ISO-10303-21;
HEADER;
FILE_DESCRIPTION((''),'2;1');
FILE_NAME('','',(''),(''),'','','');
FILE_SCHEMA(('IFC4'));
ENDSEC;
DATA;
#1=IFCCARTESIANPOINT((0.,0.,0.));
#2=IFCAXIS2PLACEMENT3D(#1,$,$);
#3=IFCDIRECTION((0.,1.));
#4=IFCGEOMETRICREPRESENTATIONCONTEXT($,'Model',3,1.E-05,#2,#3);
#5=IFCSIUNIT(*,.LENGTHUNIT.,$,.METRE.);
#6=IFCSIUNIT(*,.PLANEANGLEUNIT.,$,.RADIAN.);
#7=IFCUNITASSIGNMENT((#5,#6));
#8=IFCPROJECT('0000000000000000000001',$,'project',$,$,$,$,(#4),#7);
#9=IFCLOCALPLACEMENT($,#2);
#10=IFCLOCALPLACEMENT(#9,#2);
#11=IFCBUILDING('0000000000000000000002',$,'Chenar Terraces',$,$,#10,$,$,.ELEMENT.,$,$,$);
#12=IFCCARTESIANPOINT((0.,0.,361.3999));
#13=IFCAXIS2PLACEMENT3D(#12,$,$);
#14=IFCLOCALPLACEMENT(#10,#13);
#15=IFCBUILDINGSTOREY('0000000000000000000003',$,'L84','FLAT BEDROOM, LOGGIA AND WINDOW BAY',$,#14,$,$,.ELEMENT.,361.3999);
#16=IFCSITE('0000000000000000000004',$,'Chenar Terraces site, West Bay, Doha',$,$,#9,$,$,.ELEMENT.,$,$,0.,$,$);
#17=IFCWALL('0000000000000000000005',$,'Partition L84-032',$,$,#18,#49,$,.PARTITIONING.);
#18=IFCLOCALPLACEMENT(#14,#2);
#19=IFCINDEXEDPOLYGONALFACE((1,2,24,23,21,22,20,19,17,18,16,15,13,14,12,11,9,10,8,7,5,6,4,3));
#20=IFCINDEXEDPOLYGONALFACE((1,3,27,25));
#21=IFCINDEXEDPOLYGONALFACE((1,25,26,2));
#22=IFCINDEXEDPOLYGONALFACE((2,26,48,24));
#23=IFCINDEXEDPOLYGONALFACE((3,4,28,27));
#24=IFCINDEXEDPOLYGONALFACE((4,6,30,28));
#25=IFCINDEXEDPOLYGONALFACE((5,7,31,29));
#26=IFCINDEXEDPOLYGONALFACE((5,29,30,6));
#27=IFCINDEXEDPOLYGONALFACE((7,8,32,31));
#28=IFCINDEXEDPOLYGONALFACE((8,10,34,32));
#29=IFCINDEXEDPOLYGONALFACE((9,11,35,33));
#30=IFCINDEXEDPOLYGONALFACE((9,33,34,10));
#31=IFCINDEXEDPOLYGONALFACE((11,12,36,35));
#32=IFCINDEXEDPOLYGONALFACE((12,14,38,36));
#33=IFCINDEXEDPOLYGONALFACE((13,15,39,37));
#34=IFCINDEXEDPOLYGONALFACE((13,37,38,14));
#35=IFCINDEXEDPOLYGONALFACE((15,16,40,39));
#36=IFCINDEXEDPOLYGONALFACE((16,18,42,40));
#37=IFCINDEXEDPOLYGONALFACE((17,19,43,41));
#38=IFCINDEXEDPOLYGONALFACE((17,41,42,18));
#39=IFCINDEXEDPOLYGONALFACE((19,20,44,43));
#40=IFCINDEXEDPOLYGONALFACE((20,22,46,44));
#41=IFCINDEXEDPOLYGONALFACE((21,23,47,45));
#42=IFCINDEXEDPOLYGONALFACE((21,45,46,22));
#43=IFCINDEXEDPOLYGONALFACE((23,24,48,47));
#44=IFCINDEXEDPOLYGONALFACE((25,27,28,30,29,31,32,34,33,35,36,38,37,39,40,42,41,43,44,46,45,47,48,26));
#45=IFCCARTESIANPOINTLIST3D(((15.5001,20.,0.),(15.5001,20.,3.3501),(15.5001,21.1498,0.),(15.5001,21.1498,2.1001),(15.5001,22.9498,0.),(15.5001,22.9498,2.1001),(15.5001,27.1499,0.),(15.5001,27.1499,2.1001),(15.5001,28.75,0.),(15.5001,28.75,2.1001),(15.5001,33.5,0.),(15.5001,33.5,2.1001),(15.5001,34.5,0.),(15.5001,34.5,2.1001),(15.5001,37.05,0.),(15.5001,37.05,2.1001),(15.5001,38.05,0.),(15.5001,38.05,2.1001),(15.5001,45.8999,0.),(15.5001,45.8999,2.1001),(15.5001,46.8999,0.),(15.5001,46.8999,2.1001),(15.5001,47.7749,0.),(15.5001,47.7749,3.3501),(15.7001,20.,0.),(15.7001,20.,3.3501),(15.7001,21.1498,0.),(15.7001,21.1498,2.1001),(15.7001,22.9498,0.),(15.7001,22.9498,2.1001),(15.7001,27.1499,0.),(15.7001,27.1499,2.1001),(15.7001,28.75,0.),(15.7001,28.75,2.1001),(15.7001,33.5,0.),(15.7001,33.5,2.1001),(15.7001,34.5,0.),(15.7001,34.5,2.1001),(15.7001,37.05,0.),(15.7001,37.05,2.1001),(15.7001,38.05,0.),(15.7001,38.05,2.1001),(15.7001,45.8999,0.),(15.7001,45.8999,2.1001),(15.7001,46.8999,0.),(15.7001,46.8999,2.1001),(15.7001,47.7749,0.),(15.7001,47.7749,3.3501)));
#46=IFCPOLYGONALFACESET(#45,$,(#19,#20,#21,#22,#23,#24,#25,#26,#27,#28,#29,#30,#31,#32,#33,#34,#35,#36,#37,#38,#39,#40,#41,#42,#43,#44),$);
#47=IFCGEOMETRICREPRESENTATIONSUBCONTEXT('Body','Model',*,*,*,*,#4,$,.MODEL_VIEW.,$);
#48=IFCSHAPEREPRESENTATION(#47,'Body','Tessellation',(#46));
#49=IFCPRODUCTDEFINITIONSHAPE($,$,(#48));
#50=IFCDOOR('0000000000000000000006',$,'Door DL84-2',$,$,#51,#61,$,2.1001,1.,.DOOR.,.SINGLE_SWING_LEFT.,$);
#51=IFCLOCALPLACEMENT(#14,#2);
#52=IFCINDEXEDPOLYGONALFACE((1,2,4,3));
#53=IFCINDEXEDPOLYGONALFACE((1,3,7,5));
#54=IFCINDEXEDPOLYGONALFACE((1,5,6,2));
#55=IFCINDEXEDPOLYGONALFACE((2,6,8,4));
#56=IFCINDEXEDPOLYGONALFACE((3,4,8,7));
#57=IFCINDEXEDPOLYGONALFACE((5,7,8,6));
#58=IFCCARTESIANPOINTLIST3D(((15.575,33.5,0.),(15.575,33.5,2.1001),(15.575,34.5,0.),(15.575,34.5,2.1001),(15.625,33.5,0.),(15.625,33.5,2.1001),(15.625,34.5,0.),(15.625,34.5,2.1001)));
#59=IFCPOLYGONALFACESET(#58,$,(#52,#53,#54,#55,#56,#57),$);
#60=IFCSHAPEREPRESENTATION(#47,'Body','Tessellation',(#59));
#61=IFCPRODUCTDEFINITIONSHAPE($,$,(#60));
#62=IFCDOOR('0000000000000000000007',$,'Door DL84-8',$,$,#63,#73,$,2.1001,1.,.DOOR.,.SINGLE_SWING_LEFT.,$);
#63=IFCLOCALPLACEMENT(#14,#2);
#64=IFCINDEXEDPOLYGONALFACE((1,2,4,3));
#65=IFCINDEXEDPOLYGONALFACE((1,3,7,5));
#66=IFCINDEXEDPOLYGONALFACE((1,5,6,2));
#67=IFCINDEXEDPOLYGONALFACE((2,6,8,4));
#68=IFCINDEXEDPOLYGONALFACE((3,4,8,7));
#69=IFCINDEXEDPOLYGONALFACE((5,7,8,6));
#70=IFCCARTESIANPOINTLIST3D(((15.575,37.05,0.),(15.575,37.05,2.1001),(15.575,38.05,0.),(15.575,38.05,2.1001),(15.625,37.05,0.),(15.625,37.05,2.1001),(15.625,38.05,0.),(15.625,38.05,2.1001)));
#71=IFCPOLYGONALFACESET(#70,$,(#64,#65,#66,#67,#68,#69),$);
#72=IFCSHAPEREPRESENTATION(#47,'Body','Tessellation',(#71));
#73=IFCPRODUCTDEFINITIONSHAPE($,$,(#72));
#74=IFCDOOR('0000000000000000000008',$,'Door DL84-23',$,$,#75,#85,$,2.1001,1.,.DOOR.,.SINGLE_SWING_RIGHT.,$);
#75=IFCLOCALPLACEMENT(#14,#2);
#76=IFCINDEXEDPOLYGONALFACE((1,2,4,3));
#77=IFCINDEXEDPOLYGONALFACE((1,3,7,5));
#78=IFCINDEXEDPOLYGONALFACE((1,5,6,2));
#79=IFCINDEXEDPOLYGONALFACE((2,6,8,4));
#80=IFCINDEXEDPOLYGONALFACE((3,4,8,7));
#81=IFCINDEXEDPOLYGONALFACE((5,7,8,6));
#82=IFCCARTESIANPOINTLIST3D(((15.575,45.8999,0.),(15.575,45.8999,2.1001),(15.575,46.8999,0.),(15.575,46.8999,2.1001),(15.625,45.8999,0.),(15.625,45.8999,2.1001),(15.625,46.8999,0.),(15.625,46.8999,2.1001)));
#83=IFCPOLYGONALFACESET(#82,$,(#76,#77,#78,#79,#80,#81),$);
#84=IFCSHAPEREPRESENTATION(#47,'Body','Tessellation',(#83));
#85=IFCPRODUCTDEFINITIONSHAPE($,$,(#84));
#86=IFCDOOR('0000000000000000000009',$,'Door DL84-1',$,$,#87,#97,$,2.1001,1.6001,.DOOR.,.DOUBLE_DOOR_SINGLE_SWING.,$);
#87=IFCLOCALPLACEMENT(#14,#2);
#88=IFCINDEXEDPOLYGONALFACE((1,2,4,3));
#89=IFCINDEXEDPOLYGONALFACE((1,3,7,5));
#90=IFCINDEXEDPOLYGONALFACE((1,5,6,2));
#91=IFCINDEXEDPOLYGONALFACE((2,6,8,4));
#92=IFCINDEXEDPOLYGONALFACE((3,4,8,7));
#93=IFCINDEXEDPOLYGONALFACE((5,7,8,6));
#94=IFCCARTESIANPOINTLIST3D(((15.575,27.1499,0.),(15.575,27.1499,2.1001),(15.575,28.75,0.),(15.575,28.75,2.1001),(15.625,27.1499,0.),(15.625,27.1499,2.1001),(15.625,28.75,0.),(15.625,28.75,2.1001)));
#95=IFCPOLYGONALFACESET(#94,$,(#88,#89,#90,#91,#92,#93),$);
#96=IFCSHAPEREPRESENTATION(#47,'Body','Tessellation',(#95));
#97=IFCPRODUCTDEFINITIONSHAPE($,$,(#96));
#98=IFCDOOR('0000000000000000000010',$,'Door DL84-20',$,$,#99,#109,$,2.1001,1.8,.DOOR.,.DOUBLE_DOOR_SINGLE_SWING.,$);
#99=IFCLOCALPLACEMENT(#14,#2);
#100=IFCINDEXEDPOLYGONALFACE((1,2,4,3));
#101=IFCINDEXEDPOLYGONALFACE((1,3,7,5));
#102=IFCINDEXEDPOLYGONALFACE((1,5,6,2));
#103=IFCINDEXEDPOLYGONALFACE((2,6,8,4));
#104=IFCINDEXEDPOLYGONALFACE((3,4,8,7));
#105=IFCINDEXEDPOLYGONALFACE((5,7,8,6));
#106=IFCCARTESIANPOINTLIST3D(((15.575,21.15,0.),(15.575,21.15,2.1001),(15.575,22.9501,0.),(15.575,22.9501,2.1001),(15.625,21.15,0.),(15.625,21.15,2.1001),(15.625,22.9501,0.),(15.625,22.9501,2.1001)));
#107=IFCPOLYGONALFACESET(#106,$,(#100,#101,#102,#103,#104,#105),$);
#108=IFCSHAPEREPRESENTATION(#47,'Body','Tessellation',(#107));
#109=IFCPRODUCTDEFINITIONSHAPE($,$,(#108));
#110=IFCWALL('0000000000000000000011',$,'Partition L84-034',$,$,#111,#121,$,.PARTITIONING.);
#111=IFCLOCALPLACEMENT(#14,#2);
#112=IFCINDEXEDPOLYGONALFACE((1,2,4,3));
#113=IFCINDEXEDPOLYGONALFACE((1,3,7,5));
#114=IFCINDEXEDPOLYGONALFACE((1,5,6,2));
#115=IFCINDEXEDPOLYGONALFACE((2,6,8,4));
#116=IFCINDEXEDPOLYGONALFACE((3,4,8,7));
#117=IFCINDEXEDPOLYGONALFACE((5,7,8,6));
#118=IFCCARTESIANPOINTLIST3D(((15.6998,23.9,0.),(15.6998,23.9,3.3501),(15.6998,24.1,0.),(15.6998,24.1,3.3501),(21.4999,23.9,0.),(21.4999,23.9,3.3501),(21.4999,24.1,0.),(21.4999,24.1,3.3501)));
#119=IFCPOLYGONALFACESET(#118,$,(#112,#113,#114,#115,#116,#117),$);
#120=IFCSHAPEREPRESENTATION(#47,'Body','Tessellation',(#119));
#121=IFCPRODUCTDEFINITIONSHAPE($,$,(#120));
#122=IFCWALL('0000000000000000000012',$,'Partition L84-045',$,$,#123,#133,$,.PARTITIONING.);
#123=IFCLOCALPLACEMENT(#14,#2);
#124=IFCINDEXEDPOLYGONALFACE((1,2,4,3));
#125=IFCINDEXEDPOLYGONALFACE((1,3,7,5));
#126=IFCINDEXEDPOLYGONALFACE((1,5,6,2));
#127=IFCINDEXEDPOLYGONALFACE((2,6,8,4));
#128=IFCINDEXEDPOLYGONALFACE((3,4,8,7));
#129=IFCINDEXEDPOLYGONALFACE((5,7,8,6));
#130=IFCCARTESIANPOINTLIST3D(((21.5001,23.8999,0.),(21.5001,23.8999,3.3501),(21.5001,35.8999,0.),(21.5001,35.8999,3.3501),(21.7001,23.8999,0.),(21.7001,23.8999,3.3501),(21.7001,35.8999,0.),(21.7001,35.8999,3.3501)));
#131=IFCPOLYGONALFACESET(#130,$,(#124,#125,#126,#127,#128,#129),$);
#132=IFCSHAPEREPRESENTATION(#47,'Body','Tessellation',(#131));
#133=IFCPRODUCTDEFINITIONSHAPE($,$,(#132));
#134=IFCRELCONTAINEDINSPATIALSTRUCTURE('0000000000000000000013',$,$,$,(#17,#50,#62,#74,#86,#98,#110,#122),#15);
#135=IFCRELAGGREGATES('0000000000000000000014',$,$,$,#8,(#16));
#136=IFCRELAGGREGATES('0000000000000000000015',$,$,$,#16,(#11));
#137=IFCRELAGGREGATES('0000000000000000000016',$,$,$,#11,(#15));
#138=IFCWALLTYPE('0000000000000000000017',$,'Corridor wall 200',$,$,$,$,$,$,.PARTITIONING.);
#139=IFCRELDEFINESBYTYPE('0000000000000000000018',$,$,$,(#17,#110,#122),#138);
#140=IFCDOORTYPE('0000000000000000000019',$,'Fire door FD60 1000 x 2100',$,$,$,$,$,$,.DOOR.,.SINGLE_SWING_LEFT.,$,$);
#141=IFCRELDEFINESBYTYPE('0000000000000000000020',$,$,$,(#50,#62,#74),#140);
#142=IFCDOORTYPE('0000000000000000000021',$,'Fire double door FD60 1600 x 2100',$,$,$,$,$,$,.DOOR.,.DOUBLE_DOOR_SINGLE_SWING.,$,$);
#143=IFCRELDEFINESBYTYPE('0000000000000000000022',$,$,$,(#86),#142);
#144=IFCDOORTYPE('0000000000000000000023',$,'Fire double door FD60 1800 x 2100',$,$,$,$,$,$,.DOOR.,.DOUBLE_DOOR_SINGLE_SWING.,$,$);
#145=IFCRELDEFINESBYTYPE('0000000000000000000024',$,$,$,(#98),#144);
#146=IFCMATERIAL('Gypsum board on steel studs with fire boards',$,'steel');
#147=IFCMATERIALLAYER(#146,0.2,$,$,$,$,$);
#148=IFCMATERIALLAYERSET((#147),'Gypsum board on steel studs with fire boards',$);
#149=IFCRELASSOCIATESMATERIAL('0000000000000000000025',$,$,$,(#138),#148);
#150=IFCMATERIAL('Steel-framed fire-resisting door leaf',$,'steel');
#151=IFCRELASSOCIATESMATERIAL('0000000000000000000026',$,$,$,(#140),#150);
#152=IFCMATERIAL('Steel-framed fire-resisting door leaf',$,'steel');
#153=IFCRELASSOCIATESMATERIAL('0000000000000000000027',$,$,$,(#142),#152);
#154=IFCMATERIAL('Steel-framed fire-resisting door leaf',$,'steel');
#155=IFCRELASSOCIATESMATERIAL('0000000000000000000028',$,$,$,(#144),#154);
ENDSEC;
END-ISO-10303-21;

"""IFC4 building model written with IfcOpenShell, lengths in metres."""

from ifc_helpers import new_model, si_unit, direction, frame, frame_2d, origin, place, context, subcontext, project, spatial, rectangle, extrude, material, layer, layer_set, type_object, element, fill, save


model = new_model("IFC4")

# Units and contexts
model_context = context("Model", 3, precision=1e-05, world=origin(), true_north=direction((0.0, 1.0)))
body_context = subcontext(model_context, "Body", "Model", "MODEL_VIEW")
ifc_project = project(units=[si_unit("LENGTHUNIT", "METRE"), si_unit("PLANEANGLEUNIT", "RADIAN")], contexts=[model_context])

# Site, building, storey
site_placement = place(None, origin())
site = spatial("IfcSite", under=ifc_project, at=site_placement, Name="Chenar Terraces site, West Bay, Doha", CompositionType="ELEMENT", RefElevation=0.0)
building_placement = place(site_placement, origin())
building = spatial("IfcBuilding", under=site, at=building_placement, Name="Chenar Terraces", CompositionType="ELEMENT")
storey_placement = place(building_placement, frame((0.0, 0.0, 361.3999)))
storey = spatial("IfcBuildingStorey", under=building, at=storey_placement, Name="L84", Description="FLAT BEDROOM, LOGGIA AND WINDOW BAY", CompositionType="ELEMENT", Elevation=361.3999)

# Wall, openings, doors
ifc_material_1 = material(Name="Gypsum board on steel studs with fire boards", Category="steel")
ifc_layer_1 = layer(ifc_material_1, 0.2)
ifc_layer_set_1 = layer_set([ifc_layer_1], Name="Gypsum board on steel studs with fire boards")
wall_type_1 = type_object("IfcWallType", Name="Corridor wall 200", PredefinedType="PARTITIONING", material=ifc_layer_set_1)
wall_1_placement = place(storey_placement, frame((15.6001, 20.0, 0.0), z_axis=(0.0, 0.0, 1.0), x_axis=(0.0, 1.0, 0.0)))
wall_1 = element("IfcWall", 1, at=wall_1_placement, inside=storey, type_object=wall_type_1, Name="Partition L84-032", PredefinedType="PARTITIONING", context=body_context, shape_type="SweptSolid", body=[
    extrude(rectangle(XDim=27.7749, YDim=0.2, at=frame_2d((13.8875, 0.0))), origin(), (0.0, 0.0, 1.0), 3.3501),
])
opening_1_placement = place(wall_1_placement, frame((7.1499, 0.0, 0.0)))
opening_1 = element("IfcOpeningElement", 2, at=opening_1_placement, cuts=wall_1, PredefinedType="OPENING", context=body_context, shape_type="SweptSolid", body=[
    extrude(rectangle(XDim=1.6001, YDim=2.1001, at=frame_2d((0.8, 1.05))), frame((0.0, 0.1099, 0.0), z_axis=(0.0, -1.0, 0.0), x_axis=(1.0, 0.0, 0.0)), (0.0, 0.0, 1.0), 0.22),
])
opening_2_placement = place(wall_1_placement, frame((13.5, 0.0, 0.0)))
opening_2 = element("IfcOpeningElement", 3, at=opening_2_placement, cuts=wall_1, PredefinedType="OPENING", context=body_context, shape_type="SweptSolid", body=[
    extrude(rectangle(XDim=1.0, YDim=2.1001, at=frame_2d((0.5, 1.05))), frame((0.0, 0.1099, 0.0), z_axis=(0.0, -1.0, 0.0), x_axis=(1.0, 0.0, 0.0)), (0.0, 0.0, 1.0), 0.22),
])
opening_3_placement = place(wall_1_placement, frame((17.05, 0.0, 0.0)))
opening_3 = element("IfcOpeningElement", 4, at=opening_3_placement, cuts=wall_1, PredefinedType="OPENING", context=body_context, shape_type="SweptSolid", body=[
    extrude(rectangle(XDim=1.0, YDim=2.1001, at=frame_2d((0.5, 1.05))), frame((0.0, 0.1099, 0.0), z_axis=(0.0, -1.0, 0.0), x_axis=(1.0, 0.0, 0.0)), (0.0, 0.0, 1.0), 0.22),
])
opening_4_placement = place(wall_1_placement, frame((1.1499, 0.0, 0.0)))
opening_4 = element("IfcOpeningElement", 5, at=opening_4_placement, cuts=wall_1, PredefinedType="OPENING", context=body_context, shape_type="SweptSolid", body=[
    extrude(rectangle(XDim=1.8, YDim=2.1001, at=frame_2d((0.8999, 1.05))), frame((0.0, 0.1099, 0.0), z_axis=(0.0, -1.0, 0.0), x_axis=(1.0, 0.0, 0.0)), (0.0, 0.0, 1.0), 0.22),
])
opening_5_placement = place(wall_1_placement, frame((25.8999, 0.0, 0.0)))
opening_5 = element("IfcOpeningElement", 6, at=opening_5_placement, cuts=wall_1, PredefinedType="OPENING", context=body_context, shape_type="SweptSolid", body=[
    extrude(rectangle(XDim=1.0, YDim=2.1001, at=frame_2d((0.5, 1.05))), frame((0.0, 0.1099, 0.0), z_axis=(0.0, -1.0, 0.0), x_axis=(1.0, 0.0, 0.0)), (0.0, 0.0, 1.0), 0.22),
])
ifc_material_2 = material(Name="Steel-framed fire-resisting door leaf", Category="steel")
door_type_1 = type_object("IfcDoorType", Name="Fire door FD60 1000 x 2100", OperationType="SINGLE_SWING_LEFT", PredefinedType="DOOR", material=ifc_material_2)
door_1_placement = place(opening_2_placement, frame((1.0, 0.0, 0.0), z_axis=(0.0, 0.0, 1.0), x_axis=(-1.0, 0.0, 0.0)))
door_1 = element("IfcDoor", 7, at=door_1_placement, inside=storey, type_object=door_type_1, Name="Door DL84-2", OperationType="SINGLE_SWING_LEFT", OverallHeight=2.1001, OverallWidth=1.0, PredefinedType="DOOR", context=body_context, shape_type="SweptSolid", body=[
    extrude(rectangle(XDim=1.0, YDim=2.1001, at=frame_2d((0.5, 1.05))), frame((0.0, 0.0249, 0.0), z_axis=(0.0, -1.0, 0.0), x_axis=(1.0, 0.0, 0.0)), (0.0, 0.0, 1.0), 0.05),
])
fill(opening_2, door_1)
door_2_placement = place(opening_3_placement, frame((1.0, 0.0, 0.0), z_axis=(0.0, 0.0, 1.0), x_axis=(-1.0, 0.0, 0.0)))
door_2 = element("IfcDoor", 8, at=door_2_placement, inside=storey, type_object=door_type_1, Name="Door DL84-8", OperationType="SINGLE_SWING_LEFT", OverallHeight=2.1001, OverallWidth=1.0, PredefinedType="DOOR", context=body_context, shape_type="SweptSolid", body=[
    extrude(rectangle(XDim=1.0, YDim=2.1001, at=frame_2d((0.5, 1.05))), frame((0.0, 0.0249, 0.0), z_axis=(0.0, -1.0, 0.0), x_axis=(1.0, 0.0, 0.0)), (0.0, 0.0, 1.0), 0.05),
])
fill(opening_3, door_2)
door_3_placement = place(opening_5_placement, frame((1.0, 0.0, 0.0), z_axis=(0.0, 0.0, 1.0), x_axis=(-1.0, 0.0, 0.0)))
door_3 = element("IfcDoor", 9, at=door_3_placement, inside=storey, type_object=door_type_1, Name="Door DL84-23", OperationType="SINGLE_SWING_RIGHT", OverallHeight=2.1001, OverallWidth=1.0, PredefinedType="DOOR", context=body_context, shape_type="SweptSolid", body=[
    extrude(rectangle(XDim=1.0, YDim=2.1001, at=frame_2d((0.5, 1.05))), frame((0.0, 0.0249, 0.0), z_axis=(0.0, -1.0, 0.0), x_axis=(1.0, 0.0, 0.0)), (0.0, 0.0, 1.0), 0.05),
])
fill(opening_5, door_3)
ifc_material_3 = material(Name="Steel-framed fire-resisting door leaf", Category="steel")
door_type_2 = type_object("IfcDoorType", Name="Fire double door FD60 1600 x 2100", OperationType="DOUBLE_DOOR_SINGLE_SWING", PredefinedType="DOOR", material=ifc_material_3)
door_4_placement = place(opening_1_placement, frame((1.6001, 0.0, 0.0), z_axis=(0.0, 0.0, 1.0), x_axis=(-1.0, 0.0, 0.0)))
door_4 = element("IfcDoor", 10, at=door_4_placement, inside=storey, type_object=door_type_2, Name="Door DL84-1", OperationType="DOUBLE_DOOR_SINGLE_SWING", OverallHeight=2.1001, OverallWidth=1.6001, PredefinedType="DOOR", context=body_context, shape_type="SweptSolid", body=[
    extrude(rectangle(XDim=1.6001, YDim=2.1001, at=frame_2d((0.8, 1.05))), frame((0.0, 0.0249, 0.0), z_axis=(0.0, -1.0, 0.0), x_axis=(1.0, 0.0, 0.0)), (0.0, 0.0, 1.0), 0.05),
])
fill(opening_1, door_4)
ifc_material_4 = material(Name="Steel-framed fire-resisting door leaf", Category="steel")
door_type_3 = type_object("IfcDoorType", Name="Fire double door FD60 1800 x 2100", OperationType="DOUBLE_DOOR_SINGLE_SWING", PredefinedType="DOOR", material=ifc_material_4)
door_5_placement = place(opening_4_placement, frame((1.8, 0.0, 0.0), z_axis=(0.0, 0.0, 1.0), x_axis=(-1.0, 0.0, 0.0)))
door_5 = element("IfcDoor", 11, at=door_5_placement, inside=storey, type_object=door_type_3, Name="Door DL84-20", OperationType="DOUBLE_DOOR_SINGLE_SWING", OverallHeight=2.1001, OverallWidth=1.8, PredefinedType="DOOR", context=body_context, shape_type="SweptSolid", body=[
    extrude(rectangle(XDim=1.8, YDim=2.1001, at=frame_2d((0.8999, 1.05))), frame((0.0, 0.0249, 0.0), z_axis=(0.0, -1.0, 0.0), x_axis=(1.0, 0.0, 0.0)), (0.0, 0.0, 1.0), 0.05),
])
fill(opening_4, door_5)

# Walls
wall_2_placement = place(storey_placement, frame((15.7, 24.0, 0.0), z_axis=(0.0, 0.0, 1.0), x_axis=(1.0, 0.0, 0.0)))
element("IfcWall", 12, at=wall_2_placement, inside=storey, type_object=wall_type_1, Name="Partition L84-034", PredefinedType="PARTITIONING", context=body_context, shape_type="SweptSolid", body=[
    extrude(rectangle(XDim=5.8, YDim=0.2, at=frame_2d((2.8999, 0.0))), origin(), (0.0, 0.0, 1.0), 3.3501),
])
wall_3_placement = place(storey_placement, frame((21.6001, 23.8999, 0.0), z_axis=(0.0, 0.0, 1.0), x_axis=(0.0, 1.0, 0.0)))
element("IfcWall", 13, at=wall_3_placement, inside=storey, type_object=wall_type_1, Name="Partition L84-045", PredefinedType="PARTITIONING", context=body_context, shape_type="SweptSolid", body=[
    extrude(rectangle(XDim=12.0, YDim=0.2, at=frame_2d((6.0, 0.0))), origin(), (0.0, 0.0, 1.0), 3.3501),
])

save(model, "model.ifc")
